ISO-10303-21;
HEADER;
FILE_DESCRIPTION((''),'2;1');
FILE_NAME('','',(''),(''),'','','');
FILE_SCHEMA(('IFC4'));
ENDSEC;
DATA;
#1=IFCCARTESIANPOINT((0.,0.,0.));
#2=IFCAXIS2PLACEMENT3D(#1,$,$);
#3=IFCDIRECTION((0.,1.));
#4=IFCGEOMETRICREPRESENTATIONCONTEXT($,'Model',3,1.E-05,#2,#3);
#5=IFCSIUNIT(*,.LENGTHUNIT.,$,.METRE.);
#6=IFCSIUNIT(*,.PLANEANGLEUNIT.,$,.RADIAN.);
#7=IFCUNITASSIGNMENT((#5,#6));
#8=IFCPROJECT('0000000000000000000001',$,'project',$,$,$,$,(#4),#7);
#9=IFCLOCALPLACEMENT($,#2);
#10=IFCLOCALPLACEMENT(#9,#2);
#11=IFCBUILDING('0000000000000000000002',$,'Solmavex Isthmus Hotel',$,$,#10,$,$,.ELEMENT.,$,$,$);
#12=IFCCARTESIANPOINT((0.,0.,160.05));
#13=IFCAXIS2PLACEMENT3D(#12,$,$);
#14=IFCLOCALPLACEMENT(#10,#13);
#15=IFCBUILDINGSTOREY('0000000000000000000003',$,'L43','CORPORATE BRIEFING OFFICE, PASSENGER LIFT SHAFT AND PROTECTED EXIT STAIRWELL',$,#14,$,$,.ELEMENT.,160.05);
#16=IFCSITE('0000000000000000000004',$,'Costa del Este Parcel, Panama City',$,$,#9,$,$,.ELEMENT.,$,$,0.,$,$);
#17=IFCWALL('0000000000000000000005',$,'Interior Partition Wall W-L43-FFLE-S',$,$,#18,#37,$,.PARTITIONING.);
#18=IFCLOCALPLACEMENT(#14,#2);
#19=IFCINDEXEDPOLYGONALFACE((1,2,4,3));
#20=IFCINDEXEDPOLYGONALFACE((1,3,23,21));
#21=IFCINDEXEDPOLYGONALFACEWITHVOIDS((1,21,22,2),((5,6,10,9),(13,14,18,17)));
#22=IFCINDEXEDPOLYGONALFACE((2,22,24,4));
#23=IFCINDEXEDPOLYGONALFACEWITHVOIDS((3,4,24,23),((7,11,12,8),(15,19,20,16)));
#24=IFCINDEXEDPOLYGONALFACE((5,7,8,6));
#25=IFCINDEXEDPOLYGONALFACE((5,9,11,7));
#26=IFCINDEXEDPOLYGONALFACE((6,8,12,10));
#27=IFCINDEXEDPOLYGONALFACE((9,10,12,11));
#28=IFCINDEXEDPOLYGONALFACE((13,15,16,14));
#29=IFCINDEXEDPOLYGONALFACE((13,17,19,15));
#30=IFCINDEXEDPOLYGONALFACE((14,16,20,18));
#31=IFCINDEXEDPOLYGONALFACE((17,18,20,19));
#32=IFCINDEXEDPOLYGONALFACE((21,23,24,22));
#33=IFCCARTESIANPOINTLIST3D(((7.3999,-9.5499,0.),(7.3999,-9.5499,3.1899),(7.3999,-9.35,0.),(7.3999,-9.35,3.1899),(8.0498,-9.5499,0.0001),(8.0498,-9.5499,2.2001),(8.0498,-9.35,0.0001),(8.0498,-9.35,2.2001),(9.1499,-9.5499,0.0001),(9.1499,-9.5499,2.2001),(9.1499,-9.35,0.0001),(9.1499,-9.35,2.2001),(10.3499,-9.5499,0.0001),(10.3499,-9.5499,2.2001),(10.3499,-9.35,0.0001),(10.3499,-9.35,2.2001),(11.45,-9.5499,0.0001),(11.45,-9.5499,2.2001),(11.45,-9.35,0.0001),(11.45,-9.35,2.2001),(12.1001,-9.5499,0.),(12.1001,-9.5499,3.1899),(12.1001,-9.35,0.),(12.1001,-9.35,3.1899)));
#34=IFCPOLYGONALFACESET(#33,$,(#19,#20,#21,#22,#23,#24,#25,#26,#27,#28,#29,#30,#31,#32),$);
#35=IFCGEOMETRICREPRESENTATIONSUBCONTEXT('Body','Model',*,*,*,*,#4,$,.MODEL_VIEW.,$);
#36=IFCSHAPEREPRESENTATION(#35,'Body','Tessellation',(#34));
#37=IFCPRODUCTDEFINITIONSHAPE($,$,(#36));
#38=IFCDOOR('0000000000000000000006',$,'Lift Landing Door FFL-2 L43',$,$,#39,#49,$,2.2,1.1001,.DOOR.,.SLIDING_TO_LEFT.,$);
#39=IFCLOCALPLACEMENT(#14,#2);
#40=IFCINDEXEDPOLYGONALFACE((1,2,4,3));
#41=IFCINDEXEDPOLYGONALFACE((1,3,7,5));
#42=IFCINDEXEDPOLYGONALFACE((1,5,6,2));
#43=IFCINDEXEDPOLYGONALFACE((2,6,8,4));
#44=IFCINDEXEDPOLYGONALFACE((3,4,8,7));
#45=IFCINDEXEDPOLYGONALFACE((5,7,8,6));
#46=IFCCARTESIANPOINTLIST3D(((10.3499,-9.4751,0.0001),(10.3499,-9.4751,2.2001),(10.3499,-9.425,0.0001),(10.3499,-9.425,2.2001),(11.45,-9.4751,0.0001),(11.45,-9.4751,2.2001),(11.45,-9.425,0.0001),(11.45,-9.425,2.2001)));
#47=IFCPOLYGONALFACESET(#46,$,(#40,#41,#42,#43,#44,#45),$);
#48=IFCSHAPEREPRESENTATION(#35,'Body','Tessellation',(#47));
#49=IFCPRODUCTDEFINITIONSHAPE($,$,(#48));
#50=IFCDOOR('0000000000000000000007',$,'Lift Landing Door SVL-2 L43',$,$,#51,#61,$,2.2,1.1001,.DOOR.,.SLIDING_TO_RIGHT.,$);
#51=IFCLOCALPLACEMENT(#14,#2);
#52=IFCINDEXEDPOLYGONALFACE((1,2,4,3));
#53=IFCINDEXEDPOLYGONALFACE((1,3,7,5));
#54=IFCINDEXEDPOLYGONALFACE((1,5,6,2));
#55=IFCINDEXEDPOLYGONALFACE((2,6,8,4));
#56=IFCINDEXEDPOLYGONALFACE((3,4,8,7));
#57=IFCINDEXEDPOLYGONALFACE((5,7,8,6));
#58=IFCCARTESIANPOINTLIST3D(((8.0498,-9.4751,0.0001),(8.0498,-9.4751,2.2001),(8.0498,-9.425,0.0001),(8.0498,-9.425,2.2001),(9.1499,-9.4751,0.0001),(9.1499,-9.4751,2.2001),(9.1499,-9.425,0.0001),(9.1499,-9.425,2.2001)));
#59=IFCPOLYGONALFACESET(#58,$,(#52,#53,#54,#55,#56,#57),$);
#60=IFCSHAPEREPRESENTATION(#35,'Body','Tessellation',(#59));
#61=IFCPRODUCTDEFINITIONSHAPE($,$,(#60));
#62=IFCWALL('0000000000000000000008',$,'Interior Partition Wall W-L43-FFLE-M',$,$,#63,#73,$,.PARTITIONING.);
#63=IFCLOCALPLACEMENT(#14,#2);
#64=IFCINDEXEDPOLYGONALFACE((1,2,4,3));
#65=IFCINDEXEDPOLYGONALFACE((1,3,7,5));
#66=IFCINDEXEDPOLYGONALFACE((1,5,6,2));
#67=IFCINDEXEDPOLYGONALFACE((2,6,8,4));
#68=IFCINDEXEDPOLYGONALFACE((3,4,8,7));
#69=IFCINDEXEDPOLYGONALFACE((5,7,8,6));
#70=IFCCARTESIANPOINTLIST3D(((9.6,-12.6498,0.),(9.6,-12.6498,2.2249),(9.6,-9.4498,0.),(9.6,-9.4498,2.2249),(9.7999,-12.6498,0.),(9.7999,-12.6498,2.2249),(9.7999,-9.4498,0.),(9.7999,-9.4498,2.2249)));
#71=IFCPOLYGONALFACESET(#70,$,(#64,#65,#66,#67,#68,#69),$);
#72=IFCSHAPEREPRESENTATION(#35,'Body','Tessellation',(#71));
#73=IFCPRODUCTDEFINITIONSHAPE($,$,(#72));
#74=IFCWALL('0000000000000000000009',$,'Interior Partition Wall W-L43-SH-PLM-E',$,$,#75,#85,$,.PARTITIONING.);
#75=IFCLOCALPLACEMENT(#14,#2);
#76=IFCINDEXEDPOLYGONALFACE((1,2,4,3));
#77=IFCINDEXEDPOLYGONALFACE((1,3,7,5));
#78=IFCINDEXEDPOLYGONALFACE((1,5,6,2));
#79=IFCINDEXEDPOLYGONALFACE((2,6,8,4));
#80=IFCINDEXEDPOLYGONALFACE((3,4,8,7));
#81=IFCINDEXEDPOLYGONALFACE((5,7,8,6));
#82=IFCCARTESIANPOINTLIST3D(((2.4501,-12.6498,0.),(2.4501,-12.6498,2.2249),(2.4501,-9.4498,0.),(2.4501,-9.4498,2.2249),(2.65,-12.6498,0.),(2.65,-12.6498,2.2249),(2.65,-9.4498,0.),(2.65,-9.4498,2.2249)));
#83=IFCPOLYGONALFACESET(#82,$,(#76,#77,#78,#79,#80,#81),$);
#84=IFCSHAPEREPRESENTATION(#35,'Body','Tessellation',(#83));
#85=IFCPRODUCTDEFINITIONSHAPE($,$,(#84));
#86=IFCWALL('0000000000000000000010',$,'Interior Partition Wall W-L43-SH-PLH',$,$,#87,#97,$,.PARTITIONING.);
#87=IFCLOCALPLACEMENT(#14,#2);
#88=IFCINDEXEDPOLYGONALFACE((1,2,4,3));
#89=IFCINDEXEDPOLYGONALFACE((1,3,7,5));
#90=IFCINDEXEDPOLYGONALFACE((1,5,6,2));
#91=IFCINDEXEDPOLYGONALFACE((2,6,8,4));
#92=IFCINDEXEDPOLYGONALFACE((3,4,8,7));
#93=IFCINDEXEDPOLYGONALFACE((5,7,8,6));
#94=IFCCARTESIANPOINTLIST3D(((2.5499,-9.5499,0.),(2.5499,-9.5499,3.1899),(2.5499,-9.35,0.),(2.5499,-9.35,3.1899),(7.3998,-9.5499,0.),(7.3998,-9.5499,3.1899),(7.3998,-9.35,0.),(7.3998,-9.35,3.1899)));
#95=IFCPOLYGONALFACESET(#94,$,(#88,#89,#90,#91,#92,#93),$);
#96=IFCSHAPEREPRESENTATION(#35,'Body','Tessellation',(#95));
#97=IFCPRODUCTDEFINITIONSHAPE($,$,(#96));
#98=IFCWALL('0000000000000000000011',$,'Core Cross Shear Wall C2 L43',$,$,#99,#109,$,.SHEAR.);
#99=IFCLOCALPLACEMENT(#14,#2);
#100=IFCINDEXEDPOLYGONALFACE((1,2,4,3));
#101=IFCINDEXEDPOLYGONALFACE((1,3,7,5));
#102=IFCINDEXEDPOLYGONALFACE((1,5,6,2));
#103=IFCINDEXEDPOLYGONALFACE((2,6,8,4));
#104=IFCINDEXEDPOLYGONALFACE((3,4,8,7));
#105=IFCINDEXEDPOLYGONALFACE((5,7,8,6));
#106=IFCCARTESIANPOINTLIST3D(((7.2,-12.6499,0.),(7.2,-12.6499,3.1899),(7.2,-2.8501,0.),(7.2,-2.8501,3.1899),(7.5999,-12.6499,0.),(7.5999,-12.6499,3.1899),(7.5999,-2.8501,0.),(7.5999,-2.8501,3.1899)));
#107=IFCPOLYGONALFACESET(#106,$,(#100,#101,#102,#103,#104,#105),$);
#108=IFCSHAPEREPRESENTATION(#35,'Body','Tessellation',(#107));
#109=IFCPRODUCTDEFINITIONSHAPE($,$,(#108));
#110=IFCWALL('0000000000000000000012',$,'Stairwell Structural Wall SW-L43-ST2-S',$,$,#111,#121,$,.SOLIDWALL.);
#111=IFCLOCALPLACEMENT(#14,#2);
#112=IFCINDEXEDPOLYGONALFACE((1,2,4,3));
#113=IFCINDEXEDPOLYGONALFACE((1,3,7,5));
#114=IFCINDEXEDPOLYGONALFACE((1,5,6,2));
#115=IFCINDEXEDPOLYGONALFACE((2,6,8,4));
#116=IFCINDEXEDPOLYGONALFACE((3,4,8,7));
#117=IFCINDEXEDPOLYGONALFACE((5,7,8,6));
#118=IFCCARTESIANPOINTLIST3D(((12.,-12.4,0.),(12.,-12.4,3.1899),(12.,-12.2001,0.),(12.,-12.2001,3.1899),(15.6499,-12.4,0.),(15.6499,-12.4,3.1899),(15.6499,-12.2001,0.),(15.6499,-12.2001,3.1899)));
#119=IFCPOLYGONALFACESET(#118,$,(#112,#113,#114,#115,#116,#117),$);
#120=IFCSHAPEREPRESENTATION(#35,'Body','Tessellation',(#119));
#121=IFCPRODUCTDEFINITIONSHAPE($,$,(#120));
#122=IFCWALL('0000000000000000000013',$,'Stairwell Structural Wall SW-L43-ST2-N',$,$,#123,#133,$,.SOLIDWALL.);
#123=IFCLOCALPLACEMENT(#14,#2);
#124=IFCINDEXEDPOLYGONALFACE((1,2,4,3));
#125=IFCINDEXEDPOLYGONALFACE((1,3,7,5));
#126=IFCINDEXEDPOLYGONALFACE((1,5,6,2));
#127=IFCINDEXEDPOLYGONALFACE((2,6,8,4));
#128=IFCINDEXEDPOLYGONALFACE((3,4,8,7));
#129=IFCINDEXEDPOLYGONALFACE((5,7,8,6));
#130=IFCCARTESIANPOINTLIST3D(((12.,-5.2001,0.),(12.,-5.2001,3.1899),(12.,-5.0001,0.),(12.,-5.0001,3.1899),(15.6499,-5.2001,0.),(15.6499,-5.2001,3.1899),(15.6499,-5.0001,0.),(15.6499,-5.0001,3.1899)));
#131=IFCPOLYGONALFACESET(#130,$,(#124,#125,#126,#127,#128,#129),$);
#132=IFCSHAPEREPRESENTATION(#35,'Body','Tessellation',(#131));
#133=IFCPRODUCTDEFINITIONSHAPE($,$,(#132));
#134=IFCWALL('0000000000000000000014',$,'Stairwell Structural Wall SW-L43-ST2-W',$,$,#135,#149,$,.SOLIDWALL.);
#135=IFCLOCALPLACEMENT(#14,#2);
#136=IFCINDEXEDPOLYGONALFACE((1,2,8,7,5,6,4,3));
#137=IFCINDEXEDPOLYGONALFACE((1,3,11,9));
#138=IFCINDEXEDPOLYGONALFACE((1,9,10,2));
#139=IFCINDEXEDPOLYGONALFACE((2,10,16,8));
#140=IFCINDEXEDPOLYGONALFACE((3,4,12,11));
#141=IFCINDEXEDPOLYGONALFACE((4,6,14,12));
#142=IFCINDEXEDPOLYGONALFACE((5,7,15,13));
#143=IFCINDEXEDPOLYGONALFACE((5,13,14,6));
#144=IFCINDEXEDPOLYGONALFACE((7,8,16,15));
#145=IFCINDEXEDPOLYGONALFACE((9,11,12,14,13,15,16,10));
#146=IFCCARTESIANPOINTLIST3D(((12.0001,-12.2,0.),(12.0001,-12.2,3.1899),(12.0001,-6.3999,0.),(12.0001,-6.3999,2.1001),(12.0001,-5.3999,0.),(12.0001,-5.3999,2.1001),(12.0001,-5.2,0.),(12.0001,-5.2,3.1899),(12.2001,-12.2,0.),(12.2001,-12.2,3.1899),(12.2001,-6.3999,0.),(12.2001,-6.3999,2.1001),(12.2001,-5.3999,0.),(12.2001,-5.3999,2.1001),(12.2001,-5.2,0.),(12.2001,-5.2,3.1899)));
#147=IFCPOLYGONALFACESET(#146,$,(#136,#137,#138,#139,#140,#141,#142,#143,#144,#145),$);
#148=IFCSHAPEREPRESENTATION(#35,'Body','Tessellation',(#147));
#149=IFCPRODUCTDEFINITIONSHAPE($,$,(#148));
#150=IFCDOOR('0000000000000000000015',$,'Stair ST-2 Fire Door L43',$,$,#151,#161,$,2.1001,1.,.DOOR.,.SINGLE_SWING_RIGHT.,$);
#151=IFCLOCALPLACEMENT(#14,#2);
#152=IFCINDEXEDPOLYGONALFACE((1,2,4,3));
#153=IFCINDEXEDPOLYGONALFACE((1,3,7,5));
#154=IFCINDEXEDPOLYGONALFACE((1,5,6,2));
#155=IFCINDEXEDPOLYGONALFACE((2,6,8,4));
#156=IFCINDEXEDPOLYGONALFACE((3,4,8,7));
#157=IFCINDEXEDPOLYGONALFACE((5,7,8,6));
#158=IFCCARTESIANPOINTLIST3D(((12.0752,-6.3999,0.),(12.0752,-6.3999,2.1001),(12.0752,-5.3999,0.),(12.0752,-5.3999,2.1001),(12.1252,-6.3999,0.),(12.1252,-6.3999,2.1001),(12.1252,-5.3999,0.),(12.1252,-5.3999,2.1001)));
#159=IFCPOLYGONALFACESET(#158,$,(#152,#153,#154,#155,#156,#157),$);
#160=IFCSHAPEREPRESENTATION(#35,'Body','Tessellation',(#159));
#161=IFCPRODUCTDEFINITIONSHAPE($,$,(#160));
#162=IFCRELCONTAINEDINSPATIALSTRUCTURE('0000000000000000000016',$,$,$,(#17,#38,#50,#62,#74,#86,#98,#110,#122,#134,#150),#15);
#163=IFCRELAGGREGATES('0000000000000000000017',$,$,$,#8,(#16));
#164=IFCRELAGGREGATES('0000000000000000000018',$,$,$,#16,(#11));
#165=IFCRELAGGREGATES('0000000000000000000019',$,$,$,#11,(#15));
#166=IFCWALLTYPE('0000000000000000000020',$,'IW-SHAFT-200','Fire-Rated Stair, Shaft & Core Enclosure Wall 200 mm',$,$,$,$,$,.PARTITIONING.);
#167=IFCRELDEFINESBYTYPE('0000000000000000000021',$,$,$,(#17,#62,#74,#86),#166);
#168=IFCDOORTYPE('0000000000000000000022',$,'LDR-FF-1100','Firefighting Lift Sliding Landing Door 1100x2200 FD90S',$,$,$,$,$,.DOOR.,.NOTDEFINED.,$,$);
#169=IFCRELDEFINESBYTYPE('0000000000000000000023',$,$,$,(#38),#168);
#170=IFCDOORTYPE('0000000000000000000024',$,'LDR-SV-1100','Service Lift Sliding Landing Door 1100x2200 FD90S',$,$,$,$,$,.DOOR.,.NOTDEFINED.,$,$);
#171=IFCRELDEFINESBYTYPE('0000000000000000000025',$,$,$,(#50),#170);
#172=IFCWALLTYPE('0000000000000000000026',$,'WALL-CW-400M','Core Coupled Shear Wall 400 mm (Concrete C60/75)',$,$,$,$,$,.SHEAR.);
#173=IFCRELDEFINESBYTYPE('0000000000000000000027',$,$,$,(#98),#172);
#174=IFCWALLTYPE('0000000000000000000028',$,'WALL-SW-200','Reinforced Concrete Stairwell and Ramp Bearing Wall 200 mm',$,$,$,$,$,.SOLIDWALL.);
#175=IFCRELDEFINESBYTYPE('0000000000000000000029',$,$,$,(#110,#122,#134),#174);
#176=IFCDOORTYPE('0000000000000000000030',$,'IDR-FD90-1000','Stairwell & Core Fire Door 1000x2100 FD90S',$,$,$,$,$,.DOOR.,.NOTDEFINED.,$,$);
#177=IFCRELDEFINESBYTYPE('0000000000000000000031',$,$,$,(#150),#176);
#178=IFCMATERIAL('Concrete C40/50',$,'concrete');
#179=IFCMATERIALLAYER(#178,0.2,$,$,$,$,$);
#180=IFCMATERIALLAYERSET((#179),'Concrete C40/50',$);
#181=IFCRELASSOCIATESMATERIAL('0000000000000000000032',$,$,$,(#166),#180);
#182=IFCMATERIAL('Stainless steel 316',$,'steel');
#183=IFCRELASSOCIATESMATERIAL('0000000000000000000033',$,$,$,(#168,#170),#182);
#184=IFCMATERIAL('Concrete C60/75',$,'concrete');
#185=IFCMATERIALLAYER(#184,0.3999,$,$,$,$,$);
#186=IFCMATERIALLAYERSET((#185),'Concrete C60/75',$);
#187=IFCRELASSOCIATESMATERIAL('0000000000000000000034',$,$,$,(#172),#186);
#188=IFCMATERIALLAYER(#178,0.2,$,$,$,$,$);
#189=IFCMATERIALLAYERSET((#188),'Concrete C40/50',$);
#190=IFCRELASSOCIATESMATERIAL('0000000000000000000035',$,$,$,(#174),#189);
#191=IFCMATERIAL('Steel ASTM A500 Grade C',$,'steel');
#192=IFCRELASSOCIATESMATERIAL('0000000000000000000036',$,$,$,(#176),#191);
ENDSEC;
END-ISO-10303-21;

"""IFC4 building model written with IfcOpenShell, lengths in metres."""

from ifc_helpers import new_model, si_unit, direction, frame, frame_2d, origin, place, context, subcontext, project, spatial, rectangle, extrude, material, layer, layer_set, type_object, element, fill, save


model = new_model("IFC4")

# Units and contexts
model_context = context("Model", 3, precision=1e-05, world=origin(), true_north=direction((0.0, 1.0)))
body_context = subcontext(model_context, "Body", "Model", "MODEL_VIEW")
ifc_project = project(units=[si_unit("LENGTHUNIT", "METRE"), si_unit("PLANEANGLEUNIT", "RADIAN")], contexts=[model_context])

# Site, building, storey
site_placement = place(None, origin())
site = spatial("IfcSite", under=ifc_project, at=site_placement, Name="Costa del Este Parcel, Panama City", CompositionType="ELEMENT", RefElevation=0.0)
building_placement = place(site_placement, origin())
building = spatial("IfcBuilding", under=site, at=building_placement, Name="Solmavex Isthmus Hotel", CompositionType="ELEMENT")
storey_placement = place(building_placement, frame((0.0, 0.0, 160.05)))
storey = spatial("IfcBuildingStorey", under=building, at=storey_placement, Name="L43", Description="CORPORATE BRIEFING OFFICE, PASSENGER LIFT SHAFT AND PROTECTED EXIT STAIRWELL", CompositionType="ELEMENT", Elevation=160.05)

# Shared definitions
ifc_material_1 = material(Name="Concrete C60/75", Category="concrete")

# Shared definitions
ifc_material_2 = material(Name="Steel ASTM A500 Grade C", Category="steel")

# Shared definitions
ifc_material_3 = material(Name="Concrete C40/50", Category="concrete")

# Shared definitions
ifc_layer_1 = layer(ifc_material_3, 0.2)
ifc_layer_set_1 = layer_set([ifc_layer_1], Name="Concrete C40/50")
wall_type_1 = type_object("IfcWallType", Name="IW-SHAFT-200", Description="Fire-Rated Stair, Shaft & Core Enclosure Wall 200 mm", PredefinedType="PARTITIONING", material=ifc_layer_set_1)

# Wall, openings, doors
wall_1_placement = place(storey_placement, frame((7.3999, -9.45, 0.0), z_axis=(0.0, 0.0, 1.0), x_axis=(1.0, 0.0, 0.0)))
wall_1 = element("IfcWall", 1, at=wall_1_placement, inside=storey, type_object=wall_type_1, Name="Interior Partition Wall W-L43-FFLE-S", PredefinedType="PARTITIONING", context=body_context, shape_type="SweptSolid", body=[
    extrude(rectangle(XDim=4.7002, YDim=0.2, at=frame_2d((2.3501, 0.0))), origin(), (0.0, 0.0, 1.0), 3.1899),
])
opening_1_placement = place(wall_1_placement, frame((2.95, 0.0, 0.0)))
opening_1 = element("IfcOpeningElement", 2, at=opening_1_placement, cuts=wall_1, PredefinedType="OPENING", context=body_context, shape_type="SweptSolid", body=[
    extrude(rectangle(XDim=1.1001, YDim=2.2, at=frame_2d((0.55, 1.1001))), frame((0.0, 0.1099, 0.0), z_axis=(0.0, -1.0, 0.0), x_axis=(1.0, 0.0, 0.0)), (0.0, 0.0, 1.0), 0.22),
])
opening_2_placement = place(wall_1_placement, frame((0.6499, 0.0, 0.0)))
opening_2 = element("IfcOpeningElement", 3, at=opening_2_placement, cuts=wall_1, PredefinedType="OPENING", context=body_context, shape_type="SweptSolid", body=[
    extrude(rectangle(XDim=1.1001, YDim=2.2, at=frame_2d((0.55, 1.1001))), frame((0.0, 0.1099, 0.0), z_axis=(0.0, -1.0, 0.0), x_axis=(1.0, 0.0, 0.0)), (0.0, 0.0, 1.0), 0.22),
])
ifc_material_4 = material(Name="Stainless steel 316", Category="steel")
door_type_1 = type_object("IfcDoorType", Name="LDR-FF-1100", Description="Firefighting Lift Sliding Landing Door 1100x2200 FD90S", OperationType="NOTDEFINED", PredefinedType="DOOR", material=ifc_material_4)
door_1_placement = place(opening_1_placement, origin())
door_1 = element("IfcDoor", 4, at=door_1_placement, inside=storey, type_object=door_type_1, Name="Lift Landing Door FFL-2 L43", OperationType="SLIDING_TO_LEFT", OverallHeight=2.2, OverallWidth=1.1001, PredefinedType="DOOR", context=body_context, shape_type="SweptSolid", body=[
    extrude(rectangle(XDim=1.1001, YDim=2.2, at=frame_2d((0.55, 1.1001))), frame((0.0, 0.0249, 0.0), z_axis=(0.0, -1.0, 0.0), x_axis=(1.0, 0.0, 0.0)), (0.0, 0.0, 1.0), 0.05),
])
fill(opening_1, door_1)
door_type_2 = type_object("IfcDoorType", Name="LDR-SV-1100", Description="Service Lift Sliding Landing Door 1100x2200 FD90S", OperationType="NOTDEFINED", PredefinedType="DOOR", material=ifc_material_4)
door_2_placement = place(opening_2_placement, origin())
door_2 = element("IfcDoor", 5, at=door_2_placement, inside=storey, type_object=door_type_2, Name="Lift Landing Door SVL-2 L43", OperationType="SLIDING_TO_RIGHT", OverallHeight=2.2, OverallWidth=1.1001, PredefinedType="DOOR", context=body_context, shape_type="SweptSolid", body=[
    extrude(rectangle(XDim=1.1001, YDim=2.2, at=frame_2d((0.55, 1.1001))), frame((0.0, 0.0249, 0.0), z_axis=(0.0, -1.0, 0.0), x_axis=(1.0, 0.0, 0.0)), (0.0, 0.0, 1.0), 0.05),
])
fill(opening_2, door_2)

# Walls
for number, where, z_axis, x_axis, name in (
    (6, (9.7, -12.6499, 0.0), (0.0, 0.0, 1.0), (0.0, 1.0, 0.0), "Interior Partition Wall W-L43-FFLE-M"),
    (7, (2.55, -12.6499, 0.0), (0.0, 0.0, 1.0), (0.0, 1.0, 0.0), "Interior Partition Wall W-L43-SH-PLM-E"),
):
    element("IfcWall", number, at=place(storey_placement, frame(where, z_axis=z_axis, x_axis=x_axis)), inside=storey, type_object=wall_type_1, Name=name, PredefinedType="PARTITIONING", context=body_context, shape_type="SweptSolid", body=[
        extrude(rectangle(XDim=3.2, YDim=0.2, at=frame_2d((1.6001, 0.0))), origin(), (0.0, 0.0, 1.0), 2.2249),
    ])
wall_2_placement = place(storey_placement, frame((2.55, -9.45, 0.0), z_axis=(0.0, 0.0, 1.0), x_axis=(1.0, 0.0, 0.0)))
element("IfcWall", 8, at=wall_2_placement, inside=storey, type_object=wall_type_1, Name="Interior Partition Wall W-L43-SH-PLH", PredefinedType="PARTITIONING", context=body_context, shape_type="SweptSolid", body=[
    extrude(rectangle(XDim=4.8499, YDim=0.2, at=frame_2d((2.4248, 0.0))), origin(), (0.0, 0.0, 1.0), 3.1899),
])
ifc_layer_2 = layer(ifc_material_1, 0.3999)
ifc_layer_set_2 = layer_set([ifc_layer_2], Name="Concrete C60/75")
wall_type_2 = type_object("IfcWallType", Name="WALL-CW-400M", Description="Core Coupled Shear Wall 400 mm (Concrete C60/75)", PredefinedType="SHEAR", material=ifc_layer_set_2)
wall_3_placement = place(storey_placement, frame((7.3999, -12.6499, 0.0), z_axis=(0.0, 0.0, 1.0), x_axis=(0.0, 1.0, 0.0)))
element("IfcWall", 9, at=wall_3_placement, inside=storey, type_object=wall_type_2, Name="Core Cross Shear Wall C2 L43", PredefinedType="SHEAR", context=body_context, shape_type="SweptSolid", body=[
    extrude(rectangle(XDim=9.7998, YDim=0.3999, at=frame_2d((4.8999, 0.0))), origin(), (0.0, 0.0, 1.0), 3.1899),
])
ifc_layer_3 = layer(ifc_material_3, 0.2)
ifc_layer_set_3 = layer_set([ifc_layer_3], Name="Concrete C40/50")
wall_type_3 = type_object("IfcWallType", Name="WALL-SW-200", Description="Reinforced Concrete Stairwell and Ramp Bearing Wall 200 mm", PredefinedType="SOLIDWALL", material=ifc_layer_set_3)
for number, where, z_axis, x_axis, name in (
    (10, (12.0, -12.3, 0.0), (0.0, 0.0, 1.0), (1.0, 0.0, 0.0), "Stairwell Structural Wall SW-L43-ST2-S"),
    (11, (12.0, -5.1001, 0.0), (0.0, 0.0, 1.0), (1.0, 0.0, 0.0), "Stairwell Structural Wall SW-L43-ST2-N"),
):
    element("IfcWall", number, at=place(storey_placement, frame(where, z_axis=z_axis, x_axis=x_axis)), inside=storey, type_object=wall_type_3, Name=name, PredefinedType="SOLIDWALL", context=body_context, shape_type="SweptSolid", body=[
        extrude(rectangle(XDim=3.6499, YDim=0.2, at=frame_2d((1.825, 0.0))), origin(), (0.0, 0.0, 1.0), 3.1899),
    ])

# Wall, opening, door
wall_4_placement = place(storey_placement, frame((12.1001, -12.2, 0.0), z_axis=(0.0, 0.0, 1.0), x_axis=(0.0, 1.0, 0.0)))
wall_4 = element("IfcWall", 12, at=wall_4_placement, inside=storey, type_object=wall_type_3, Name="Stairwell Structural Wall SW-L43-ST2-W", PredefinedType="SOLIDWALL", context=body_context, shape_type="SweptSolid", body=[
    extrude(rectangle(XDim=7.0, YDim=0.2, at=frame_2d((3.5, 0.0))), origin(), (0.0, 0.0, 1.0), 3.1899),
])
opening_3_placement = place(wall_4_placement, frame((5.8, 0.0, 0.0)))
opening_3 = element("IfcOpeningElement", 13, at=opening_3_placement, cuts=wall_4, PredefinedType="OPENING", context=body_context, shape_type="SweptSolid", body=[
    extrude(rectangle(XDim=1.0, YDim=2.1001, at=frame_2d((0.5, 1.05))), frame((0.0, 0.1099, 0.0), z_axis=(0.0, -1.0, 0.0), x_axis=(1.0, 0.0, 0.0)), (0.0, 0.0, 1.0), 0.22),
])
door_type_3 = type_object("IfcDoorType", Name="IDR-FD90-1000", Description="Stairwell & Core Fire Door 1000x2100 FD90S", OperationType="NOTDEFINED", PredefinedType="DOOR", material=ifc_material_2)
door_3_placement = place(opening_3_placement, origin())
door_3 = element("IfcDoor", 14, at=door_3_placement, inside=storey, type_object=door_type_3, Name="Stair ST-2 Fire Door L43", OperationType="SINGLE_SWING_RIGHT", OverallHeight=2.1001, OverallWidth=1.0, PredefinedType="DOOR", context=body_context, shape_type="SweptSolid", body=[
    extrude(rectangle(XDim=1.0, YDim=2.1001, at=frame_2d((0.5, 1.05))), frame((0.0, 0.0249, 0.0), z_axis=(0.0, -1.0, 0.0), x_axis=(1.0, 0.0, 0.0)), (0.0, 0.0, 1.0), 0.05),
])
fill(opening_3, door_3)

save(model, "model.ifc")
